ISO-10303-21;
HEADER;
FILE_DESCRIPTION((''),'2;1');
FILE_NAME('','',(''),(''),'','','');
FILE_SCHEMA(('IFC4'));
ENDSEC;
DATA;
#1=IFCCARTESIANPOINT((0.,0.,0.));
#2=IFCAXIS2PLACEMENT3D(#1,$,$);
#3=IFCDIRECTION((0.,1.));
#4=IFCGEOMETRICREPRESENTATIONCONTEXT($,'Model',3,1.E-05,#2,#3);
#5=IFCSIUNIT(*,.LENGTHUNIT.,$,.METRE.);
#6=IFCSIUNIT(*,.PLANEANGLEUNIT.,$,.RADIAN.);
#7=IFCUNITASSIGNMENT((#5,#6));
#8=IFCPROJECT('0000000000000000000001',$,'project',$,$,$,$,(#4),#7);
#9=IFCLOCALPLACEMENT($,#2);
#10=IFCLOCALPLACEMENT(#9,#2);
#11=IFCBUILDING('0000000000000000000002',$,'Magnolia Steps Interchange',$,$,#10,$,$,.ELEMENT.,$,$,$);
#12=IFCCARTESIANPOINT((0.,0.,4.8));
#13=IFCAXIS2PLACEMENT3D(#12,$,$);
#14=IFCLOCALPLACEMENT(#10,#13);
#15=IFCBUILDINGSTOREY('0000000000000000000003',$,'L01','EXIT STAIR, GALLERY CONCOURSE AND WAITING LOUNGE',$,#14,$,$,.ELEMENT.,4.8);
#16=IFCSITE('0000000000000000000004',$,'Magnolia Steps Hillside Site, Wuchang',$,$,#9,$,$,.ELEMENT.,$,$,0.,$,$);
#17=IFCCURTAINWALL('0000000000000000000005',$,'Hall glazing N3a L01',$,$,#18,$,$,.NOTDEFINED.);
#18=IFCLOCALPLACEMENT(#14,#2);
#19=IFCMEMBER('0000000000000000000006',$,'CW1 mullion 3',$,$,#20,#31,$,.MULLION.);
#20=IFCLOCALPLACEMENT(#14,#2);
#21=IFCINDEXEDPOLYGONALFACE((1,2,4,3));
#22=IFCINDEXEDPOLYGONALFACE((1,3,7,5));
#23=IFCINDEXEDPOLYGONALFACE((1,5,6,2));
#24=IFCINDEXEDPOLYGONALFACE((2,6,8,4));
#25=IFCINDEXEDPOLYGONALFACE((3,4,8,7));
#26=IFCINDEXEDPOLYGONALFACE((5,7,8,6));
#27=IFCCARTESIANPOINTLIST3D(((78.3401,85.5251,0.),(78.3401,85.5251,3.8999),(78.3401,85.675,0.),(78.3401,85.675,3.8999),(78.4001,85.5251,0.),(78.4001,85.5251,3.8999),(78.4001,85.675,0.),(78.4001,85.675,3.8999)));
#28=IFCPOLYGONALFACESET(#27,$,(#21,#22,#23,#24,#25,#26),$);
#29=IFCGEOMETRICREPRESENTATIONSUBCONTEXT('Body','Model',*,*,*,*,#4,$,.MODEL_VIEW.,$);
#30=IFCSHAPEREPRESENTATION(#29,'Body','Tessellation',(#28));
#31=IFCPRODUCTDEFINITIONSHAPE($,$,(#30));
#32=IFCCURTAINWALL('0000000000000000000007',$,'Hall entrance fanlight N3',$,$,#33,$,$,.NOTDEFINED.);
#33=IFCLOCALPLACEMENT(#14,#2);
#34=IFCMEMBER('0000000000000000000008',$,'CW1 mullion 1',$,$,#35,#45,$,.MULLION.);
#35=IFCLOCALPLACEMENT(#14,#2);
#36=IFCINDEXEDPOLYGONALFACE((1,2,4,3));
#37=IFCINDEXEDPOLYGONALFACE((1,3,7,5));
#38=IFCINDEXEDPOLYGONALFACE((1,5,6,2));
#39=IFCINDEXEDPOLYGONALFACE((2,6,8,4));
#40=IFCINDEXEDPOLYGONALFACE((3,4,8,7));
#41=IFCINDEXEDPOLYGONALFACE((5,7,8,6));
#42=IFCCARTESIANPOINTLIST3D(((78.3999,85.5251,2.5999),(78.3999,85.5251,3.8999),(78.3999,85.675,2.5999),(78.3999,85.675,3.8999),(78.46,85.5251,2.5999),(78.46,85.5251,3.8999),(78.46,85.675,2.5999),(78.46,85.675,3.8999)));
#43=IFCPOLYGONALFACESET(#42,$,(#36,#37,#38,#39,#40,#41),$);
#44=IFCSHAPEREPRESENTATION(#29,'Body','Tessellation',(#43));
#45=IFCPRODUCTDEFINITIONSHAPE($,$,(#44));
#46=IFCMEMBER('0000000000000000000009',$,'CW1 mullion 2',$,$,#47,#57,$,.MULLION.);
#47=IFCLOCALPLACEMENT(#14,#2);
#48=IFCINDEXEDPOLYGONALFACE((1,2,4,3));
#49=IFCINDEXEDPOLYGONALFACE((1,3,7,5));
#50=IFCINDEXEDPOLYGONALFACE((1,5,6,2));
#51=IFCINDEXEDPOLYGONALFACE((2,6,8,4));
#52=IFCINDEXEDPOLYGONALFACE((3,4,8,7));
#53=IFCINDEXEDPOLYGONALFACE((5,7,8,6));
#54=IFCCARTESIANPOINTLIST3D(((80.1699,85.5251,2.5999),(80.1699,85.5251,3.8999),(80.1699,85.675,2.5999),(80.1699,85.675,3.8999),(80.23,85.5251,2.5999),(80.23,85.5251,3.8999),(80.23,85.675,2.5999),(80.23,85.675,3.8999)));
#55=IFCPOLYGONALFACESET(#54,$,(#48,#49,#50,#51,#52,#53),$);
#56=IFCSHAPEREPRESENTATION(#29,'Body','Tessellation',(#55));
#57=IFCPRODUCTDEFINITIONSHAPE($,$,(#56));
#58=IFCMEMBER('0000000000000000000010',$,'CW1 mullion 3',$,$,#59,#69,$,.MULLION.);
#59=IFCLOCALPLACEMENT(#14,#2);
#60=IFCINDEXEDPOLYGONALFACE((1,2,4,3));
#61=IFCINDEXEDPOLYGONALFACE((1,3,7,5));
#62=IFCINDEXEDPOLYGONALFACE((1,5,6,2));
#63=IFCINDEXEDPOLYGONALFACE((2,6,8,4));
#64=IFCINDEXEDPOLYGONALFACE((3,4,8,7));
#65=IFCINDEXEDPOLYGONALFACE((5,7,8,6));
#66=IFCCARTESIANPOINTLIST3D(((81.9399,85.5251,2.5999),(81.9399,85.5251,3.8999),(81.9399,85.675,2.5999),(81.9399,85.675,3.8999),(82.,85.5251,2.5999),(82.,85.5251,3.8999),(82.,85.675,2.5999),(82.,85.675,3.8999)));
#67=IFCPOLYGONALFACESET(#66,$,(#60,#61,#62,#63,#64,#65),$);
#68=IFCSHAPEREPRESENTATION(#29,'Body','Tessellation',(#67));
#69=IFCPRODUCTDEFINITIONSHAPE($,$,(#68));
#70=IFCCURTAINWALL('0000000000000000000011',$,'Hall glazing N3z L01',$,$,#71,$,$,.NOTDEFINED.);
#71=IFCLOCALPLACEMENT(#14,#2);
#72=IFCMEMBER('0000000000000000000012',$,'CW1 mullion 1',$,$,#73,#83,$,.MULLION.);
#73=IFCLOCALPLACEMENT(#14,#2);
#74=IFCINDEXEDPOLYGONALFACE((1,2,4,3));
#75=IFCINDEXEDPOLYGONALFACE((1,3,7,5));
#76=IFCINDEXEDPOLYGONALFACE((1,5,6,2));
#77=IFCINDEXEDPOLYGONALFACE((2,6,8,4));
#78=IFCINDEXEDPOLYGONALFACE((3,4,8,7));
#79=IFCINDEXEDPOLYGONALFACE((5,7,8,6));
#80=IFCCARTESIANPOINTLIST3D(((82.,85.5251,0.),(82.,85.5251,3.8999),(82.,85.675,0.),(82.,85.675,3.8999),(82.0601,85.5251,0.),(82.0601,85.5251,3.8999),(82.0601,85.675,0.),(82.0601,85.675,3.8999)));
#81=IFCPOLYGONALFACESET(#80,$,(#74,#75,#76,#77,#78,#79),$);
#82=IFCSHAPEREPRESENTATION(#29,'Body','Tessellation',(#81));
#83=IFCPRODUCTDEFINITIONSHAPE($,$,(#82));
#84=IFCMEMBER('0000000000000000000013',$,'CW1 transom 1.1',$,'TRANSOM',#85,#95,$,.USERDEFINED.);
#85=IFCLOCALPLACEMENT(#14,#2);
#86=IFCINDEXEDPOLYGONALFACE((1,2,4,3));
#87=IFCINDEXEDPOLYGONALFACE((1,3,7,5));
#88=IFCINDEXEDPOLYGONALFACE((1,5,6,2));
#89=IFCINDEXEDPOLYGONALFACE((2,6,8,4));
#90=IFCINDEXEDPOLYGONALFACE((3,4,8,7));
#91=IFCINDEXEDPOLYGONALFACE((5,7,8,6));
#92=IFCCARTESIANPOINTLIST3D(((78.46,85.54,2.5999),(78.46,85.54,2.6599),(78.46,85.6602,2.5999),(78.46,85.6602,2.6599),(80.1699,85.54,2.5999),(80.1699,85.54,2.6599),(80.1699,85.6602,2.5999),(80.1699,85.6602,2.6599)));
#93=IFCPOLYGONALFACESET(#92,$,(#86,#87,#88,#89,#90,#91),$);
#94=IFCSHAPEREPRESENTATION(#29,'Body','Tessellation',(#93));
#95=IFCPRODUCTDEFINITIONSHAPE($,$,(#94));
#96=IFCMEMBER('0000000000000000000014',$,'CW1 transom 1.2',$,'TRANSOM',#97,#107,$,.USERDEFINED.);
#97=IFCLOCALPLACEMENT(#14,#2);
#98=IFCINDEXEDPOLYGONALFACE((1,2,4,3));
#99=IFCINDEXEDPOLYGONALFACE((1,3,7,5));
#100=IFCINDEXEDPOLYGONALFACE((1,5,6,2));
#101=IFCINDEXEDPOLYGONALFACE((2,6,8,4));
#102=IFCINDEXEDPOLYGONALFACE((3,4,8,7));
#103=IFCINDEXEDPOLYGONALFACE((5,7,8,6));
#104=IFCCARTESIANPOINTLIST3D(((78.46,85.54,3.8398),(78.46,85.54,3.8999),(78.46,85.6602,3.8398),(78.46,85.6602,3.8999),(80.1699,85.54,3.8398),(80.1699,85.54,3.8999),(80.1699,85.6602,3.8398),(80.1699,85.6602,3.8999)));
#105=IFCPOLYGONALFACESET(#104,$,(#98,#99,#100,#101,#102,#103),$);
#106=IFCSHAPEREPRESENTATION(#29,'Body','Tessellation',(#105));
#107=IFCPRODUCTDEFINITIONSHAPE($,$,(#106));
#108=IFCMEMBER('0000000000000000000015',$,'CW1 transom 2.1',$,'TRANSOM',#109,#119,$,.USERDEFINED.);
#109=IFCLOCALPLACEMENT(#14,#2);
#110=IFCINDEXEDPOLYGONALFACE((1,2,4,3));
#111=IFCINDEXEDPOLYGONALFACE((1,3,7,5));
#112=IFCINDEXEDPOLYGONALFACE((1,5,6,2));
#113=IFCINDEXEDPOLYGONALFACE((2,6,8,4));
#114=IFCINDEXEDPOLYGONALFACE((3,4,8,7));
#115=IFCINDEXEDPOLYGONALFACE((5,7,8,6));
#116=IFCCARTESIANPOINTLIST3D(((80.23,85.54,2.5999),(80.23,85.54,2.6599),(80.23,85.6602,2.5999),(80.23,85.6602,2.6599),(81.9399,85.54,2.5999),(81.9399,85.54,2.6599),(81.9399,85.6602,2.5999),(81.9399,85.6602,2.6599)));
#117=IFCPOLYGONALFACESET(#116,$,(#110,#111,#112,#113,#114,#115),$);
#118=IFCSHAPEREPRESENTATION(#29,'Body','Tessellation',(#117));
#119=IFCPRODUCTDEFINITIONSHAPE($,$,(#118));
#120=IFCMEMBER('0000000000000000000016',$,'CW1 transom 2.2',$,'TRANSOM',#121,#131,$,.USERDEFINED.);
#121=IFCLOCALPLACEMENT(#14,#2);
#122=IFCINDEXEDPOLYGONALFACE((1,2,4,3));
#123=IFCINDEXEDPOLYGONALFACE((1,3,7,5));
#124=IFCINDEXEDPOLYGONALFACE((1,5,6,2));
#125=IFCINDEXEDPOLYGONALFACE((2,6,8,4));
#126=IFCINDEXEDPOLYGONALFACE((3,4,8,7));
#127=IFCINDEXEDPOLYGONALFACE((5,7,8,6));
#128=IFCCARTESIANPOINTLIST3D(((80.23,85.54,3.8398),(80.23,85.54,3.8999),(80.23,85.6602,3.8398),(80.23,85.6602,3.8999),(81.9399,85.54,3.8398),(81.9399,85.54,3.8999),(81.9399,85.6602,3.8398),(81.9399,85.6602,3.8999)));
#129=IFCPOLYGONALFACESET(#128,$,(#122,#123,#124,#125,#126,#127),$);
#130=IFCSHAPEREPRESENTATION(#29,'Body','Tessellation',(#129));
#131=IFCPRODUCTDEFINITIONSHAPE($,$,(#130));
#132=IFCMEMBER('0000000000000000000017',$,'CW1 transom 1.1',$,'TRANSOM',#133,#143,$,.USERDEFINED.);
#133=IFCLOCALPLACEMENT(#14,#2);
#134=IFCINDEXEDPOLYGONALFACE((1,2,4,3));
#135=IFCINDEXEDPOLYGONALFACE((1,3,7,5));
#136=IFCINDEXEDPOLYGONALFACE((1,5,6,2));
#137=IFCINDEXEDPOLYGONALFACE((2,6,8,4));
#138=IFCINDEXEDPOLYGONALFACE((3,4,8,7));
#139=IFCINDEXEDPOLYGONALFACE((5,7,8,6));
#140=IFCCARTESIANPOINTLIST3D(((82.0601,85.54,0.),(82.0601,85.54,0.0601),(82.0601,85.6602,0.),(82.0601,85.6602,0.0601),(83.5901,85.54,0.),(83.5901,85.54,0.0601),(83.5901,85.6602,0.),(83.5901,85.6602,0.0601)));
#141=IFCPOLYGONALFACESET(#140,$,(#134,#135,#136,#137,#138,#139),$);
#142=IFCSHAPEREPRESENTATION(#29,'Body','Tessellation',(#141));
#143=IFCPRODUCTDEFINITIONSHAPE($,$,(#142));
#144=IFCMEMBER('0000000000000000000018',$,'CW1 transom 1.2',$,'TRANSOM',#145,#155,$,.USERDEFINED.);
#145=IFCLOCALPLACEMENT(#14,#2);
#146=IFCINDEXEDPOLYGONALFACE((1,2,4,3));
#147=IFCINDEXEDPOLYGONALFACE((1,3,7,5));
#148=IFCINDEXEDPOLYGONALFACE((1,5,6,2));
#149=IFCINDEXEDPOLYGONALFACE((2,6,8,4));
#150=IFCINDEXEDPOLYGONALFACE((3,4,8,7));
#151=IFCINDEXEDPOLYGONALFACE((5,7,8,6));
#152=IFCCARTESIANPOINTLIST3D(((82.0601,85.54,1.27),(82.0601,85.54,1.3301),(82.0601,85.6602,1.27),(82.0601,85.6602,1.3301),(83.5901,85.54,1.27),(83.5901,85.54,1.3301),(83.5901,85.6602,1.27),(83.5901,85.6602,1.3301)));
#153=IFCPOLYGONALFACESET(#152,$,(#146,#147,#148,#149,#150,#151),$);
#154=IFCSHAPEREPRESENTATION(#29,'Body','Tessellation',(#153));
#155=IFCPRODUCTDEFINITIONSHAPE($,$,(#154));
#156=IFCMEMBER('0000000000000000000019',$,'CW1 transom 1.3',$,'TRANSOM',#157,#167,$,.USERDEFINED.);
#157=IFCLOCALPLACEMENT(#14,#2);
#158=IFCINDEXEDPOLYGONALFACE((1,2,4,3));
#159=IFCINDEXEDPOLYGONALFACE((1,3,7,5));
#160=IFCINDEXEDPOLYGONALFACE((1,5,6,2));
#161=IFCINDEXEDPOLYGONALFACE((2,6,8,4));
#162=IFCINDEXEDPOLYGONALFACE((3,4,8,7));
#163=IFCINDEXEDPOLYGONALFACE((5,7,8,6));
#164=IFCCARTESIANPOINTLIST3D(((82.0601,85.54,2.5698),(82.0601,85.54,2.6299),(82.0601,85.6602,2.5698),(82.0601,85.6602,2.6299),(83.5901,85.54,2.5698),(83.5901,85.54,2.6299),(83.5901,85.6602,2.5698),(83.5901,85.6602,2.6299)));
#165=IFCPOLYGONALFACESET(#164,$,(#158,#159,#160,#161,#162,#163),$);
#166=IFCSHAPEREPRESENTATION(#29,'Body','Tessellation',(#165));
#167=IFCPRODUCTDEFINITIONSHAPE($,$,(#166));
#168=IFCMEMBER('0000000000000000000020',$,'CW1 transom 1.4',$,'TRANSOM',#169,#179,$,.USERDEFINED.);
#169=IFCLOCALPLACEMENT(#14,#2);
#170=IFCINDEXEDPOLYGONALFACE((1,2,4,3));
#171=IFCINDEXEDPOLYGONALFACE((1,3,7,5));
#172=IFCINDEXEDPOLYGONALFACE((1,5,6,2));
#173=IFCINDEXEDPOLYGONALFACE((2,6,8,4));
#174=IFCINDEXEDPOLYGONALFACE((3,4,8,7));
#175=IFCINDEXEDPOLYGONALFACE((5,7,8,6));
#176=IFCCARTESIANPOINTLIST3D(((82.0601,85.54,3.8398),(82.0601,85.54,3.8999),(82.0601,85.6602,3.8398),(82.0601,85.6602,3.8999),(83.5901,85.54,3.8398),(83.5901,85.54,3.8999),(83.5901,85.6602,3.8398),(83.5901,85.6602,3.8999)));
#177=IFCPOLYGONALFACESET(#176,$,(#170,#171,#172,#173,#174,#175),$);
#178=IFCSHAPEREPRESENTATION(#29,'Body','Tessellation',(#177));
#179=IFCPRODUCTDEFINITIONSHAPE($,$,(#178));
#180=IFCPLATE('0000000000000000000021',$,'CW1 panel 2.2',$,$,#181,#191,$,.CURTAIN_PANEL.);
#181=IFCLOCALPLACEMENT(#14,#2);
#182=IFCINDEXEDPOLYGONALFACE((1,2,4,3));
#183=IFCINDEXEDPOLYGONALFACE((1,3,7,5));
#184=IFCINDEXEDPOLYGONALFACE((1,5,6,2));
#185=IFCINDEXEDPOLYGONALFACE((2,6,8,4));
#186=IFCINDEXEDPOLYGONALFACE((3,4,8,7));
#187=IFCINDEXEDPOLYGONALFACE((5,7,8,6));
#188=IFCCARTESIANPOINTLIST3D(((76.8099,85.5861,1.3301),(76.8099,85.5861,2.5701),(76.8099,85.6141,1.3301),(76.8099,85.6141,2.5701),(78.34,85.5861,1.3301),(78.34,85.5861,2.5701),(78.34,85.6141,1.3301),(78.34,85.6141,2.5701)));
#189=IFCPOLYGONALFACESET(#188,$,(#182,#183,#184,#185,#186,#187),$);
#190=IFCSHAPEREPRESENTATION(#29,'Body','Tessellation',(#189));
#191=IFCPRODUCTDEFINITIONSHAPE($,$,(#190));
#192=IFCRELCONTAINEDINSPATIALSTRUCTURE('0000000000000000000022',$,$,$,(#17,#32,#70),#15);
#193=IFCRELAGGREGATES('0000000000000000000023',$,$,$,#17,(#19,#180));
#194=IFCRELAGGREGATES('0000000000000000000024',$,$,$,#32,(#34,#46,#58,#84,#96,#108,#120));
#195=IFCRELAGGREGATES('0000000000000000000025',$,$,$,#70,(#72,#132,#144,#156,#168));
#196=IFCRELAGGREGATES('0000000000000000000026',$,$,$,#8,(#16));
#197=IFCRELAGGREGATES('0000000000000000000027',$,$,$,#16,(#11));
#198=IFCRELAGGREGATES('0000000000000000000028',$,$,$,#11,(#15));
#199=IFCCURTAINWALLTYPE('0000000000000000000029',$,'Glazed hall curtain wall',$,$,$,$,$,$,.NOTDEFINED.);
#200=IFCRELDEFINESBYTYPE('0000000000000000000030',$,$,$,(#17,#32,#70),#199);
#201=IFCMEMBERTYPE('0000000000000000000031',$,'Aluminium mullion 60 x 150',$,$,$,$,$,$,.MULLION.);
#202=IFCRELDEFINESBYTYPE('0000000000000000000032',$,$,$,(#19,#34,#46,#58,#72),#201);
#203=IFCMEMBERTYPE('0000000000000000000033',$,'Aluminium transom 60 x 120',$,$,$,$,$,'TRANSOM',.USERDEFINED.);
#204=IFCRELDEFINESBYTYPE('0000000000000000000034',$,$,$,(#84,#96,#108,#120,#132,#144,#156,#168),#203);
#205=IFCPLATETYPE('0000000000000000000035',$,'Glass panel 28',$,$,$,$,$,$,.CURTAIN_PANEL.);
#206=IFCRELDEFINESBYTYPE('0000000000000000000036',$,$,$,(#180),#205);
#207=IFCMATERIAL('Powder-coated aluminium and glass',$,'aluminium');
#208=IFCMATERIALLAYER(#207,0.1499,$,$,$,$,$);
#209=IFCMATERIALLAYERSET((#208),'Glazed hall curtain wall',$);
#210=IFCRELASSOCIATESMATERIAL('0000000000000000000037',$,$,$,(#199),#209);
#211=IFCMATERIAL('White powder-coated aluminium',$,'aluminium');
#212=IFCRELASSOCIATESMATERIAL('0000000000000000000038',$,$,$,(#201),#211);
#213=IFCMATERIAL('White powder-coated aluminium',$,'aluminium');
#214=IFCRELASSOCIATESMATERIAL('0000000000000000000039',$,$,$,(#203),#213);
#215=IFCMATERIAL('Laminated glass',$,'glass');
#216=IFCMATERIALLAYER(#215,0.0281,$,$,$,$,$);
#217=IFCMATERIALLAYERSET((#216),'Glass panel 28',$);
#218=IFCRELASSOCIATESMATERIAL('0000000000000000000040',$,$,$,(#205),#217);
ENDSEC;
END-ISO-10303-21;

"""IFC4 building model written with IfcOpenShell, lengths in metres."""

from ifc_helpers import new_model, si_unit, direction, frame, origin, origin_2d, place, context, subcontext, project, spatial, rectangle, extrude, material, layer, layer_set, material_profile, profile_set, type_object, element, aggregate, save


model = new_model("IFC4")

# Units and contexts
model_context = context("Model", 3, precision=1e-05, world=origin(), true_north=direction((0.0, 1.0)))
body_context = subcontext(model_context, "Body", "Model", "MODEL_VIEW")
ifc_project = project(units=[si_unit("LENGTHUNIT", "METRE"), si_unit("PLANEANGLEUNIT", "RADIAN")], contexts=[model_context])

# Site, building, storey
site_placement = place(None, origin())
site = spatial("IfcSite", under=ifc_project, at=site_placement, Name="Magnolia Steps Hillside Site, Wuchang", CompositionType="ELEMENT", RefElevation=0.0)
building_placement = place(site_placement, origin())
building = spatial("IfcBuilding", under=site, at=building_placement, Name="Magnolia Steps Interchange", CompositionType="ELEMENT")
storey_placement = place(building_placement, frame((0.0, 0.0, 4.8)))
storey = spatial("IfcBuildingStorey", under=building, at=storey_placement, Name="L01", Description="EXIT STAIR, GALLERY CONCOURSE AND WAITING LOUNGE", CompositionType="ELEMENT", Elevation=4.8)

# Curtain wall, member
ifc_material_1 = material(Name="Powder-coated aluminium and glass", Category="aluminium")
ifc_layer_1 = layer(ifc_material_1, 0.1499)
ifc_layer_set_1 = layer_set([ifc_layer_1], Name="Glazed hall curtain wall")
curtain_wall_type = type_object("IfcCurtainWallType", Name="Glazed hall curtain wall", PredefinedType="NOTDEFINED", material=ifc_layer_set_1)
curtain_wall_1_placement = place(storey_placement, origin())
curtain_wall_1 = element("IfcCurtainWall", 1, at=curtain_wall_1_placement, inside=storey, type_object=curtain_wall_type, Name="Hall glazing N3a L01", PredefinedType="NOTDEFINED")
ifc_material_2 = material(Name="White powder-coated aluminium", Category="aluminium")
ifc_material_profile_1 = material_profile(ifc_material_2, rectangle(XDim=0.0601, YDim=0.1499, at=origin_2d()), Name="Aluminium mullion 60 x 150")
ifc_profile_set_1 = profile_set([ifc_material_profile_1], Name="White powder-coated aluminium")
member_type_1 = type_object("IfcMemberType", Name="Aluminium mullion 60 x 150", PredefinedType="MULLION", material=ifc_profile_set_1)
member_1_placement = place(storey_placement, frame((78.3701, 85.6001, 0.0), z_axis=(0.0, 0.0, 1.0), x_axis=(1.0, 0.0, 0.0)))
member_1 = element("IfcMember", 2, at=member_1_placement, type_object=member_type_1, Name="CW1 mullion 3", PredefinedType="MULLION", context=body_context, shape_type="SweptSolid", body=[
    extrude(rectangle(XDim=0.0601, YDim=0.1499, at=origin_2d()), origin(), (0.0, 0.0, 1.0), 3.8999),
])

# Curtain wall, members
curtain_wall_2_placement = place(storey_placement, origin())
curtain_wall_2 = element("IfcCurtainWall", 3, at=curtain_wall_2_placement, inside=storey, type_object=curtain_wall_type, Name="Hall entrance fanlight N3", PredefinedType="NOTDEFINED")
member_2_placement = place(storey_placement, frame((78.4299, 85.6001, 2.5999), z_axis=(0.0, 0.0, 1.0), x_axis=(1.0, 0.0, 0.0)))
member_2 = element("IfcMember", 4, at=member_2_placement, type_object=member_type_1, Name="CW1 mullion 1", PredefinedType="MULLION", context=body_context, shape_type="SweptSolid", body=[
    extrude(rectangle(XDim=0.0601, YDim=0.1499, at=origin_2d()), origin(), (0.0, 0.0, 1.0), 1.3),
])
member_3_placement = place(storey_placement, frame((80.2, 85.6001, 2.5999), z_axis=(0.0, 0.0, 1.0), x_axis=(1.0, 0.0, 0.0)))
member_3 = element("IfcMember", 5, at=member_3_placement, type_object=member_type_1, Name="CW1 mullion 2", PredefinedType="MULLION", context=body_context, shape_type="SweptSolid", body=[
    extrude(rectangle(XDim=0.0601, YDim=0.1499, at=origin_2d()), origin(), (0.0, 0.0, 1.0), 1.3),
])
member_4_placement = place(storey_placement, frame((81.97, 85.6001, 2.5999), z_axis=(0.0, 0.0, 1.0), x_axis=(1.0, 0.0, 0.0)))
member_4 = element("IfcMember", 6, at=member_4_placement, type_object=member_type_1, Name="CW1 mullion 3", PredefinedType="MULLION", context=body_context, shape_type="SweptSolid", body=[
    extrude(rectangle(XDim=0.0601, YDim=0.1499, at=origin_2d()), origin(), (0.0, 0.0, 1.0), 1.3),
])

# Curtain wall, member
curtain_wall_3_placement = place(storey_placement, origin())
curtain_wall_3 = element("IfcCurtainWall", 7, at=curtain_wall_3_placement, inside=storey, type_object=curtain_wall_type, Name="Hall glazing N3z L01", PredefinedType="NOTDEFINED")
member_5_placement = place(storey_placement, frame((82.03, 85.6001, 0.0), z_axis=(0.0, 0.0, 1.0), x_axis=(1.0, 0.0, 0.0)))
member_5 = element("IfcMember", 8, at=member_5_placement, type_object=member_type_1, Name="CW1 mullion 1", PredefinedType="MULLION", context=body_context, shape_type="SweptSolid", body=[
    extrude(rectangle(XDim=0.0601, YDim=0.1499, at=origin_2d()), origin(), (0.0, 0.0, 1.0), 3.8999),
])

# Members
ifc_material_3 = material(Name="White powder-coated aluminium", Category="aluminium")
ifc_material_profile_2 = material_profile(ifc_material_3, rectangle(XDim=0.0601, YDim=0.1201, at=origin_2d()), Name="Aluminium transom 60 x 120")
ifc_profile_set_2 = profile_set([ifc_material_profile_2], Name="White powder-coated aluminium")
member_type_2 = type_object("IfcMemberType", Name="Aluminium transom 60 x 120", ElementType="TRANSOM", PredefinedType="USERDEFINED", material=ifc_profile_set_2)
member_6_placement = place(storey_placement, frame((78.46, 85.6001, 2.6299), z_axis=(1.0, 0.0, 0.0), x_axis=(0.0, 0.0, 1.0)))
member_6 = element("IfcMember", 9, at=member_6_placement, type_object=member_type_2, Name="CW1 transom 1.1", ObjectType="TRANSOM", PredefinedType="USERDEFINED", context=body_context, shape_type="SweptSolid", body=[
    extrude(rectangle(XDim=0.0601, YDim=0.1201, at=origin_2d()), origin(), (0.0, 0.0, 1.0), 1.71),
])
member_7_placement = place(storey_placement, frame((78.46, 85.6001, 3.8699), z_axis=(1.0, 0.0, 0.0), x_axis=(0.0, 0.0, 1.0)))
member_7 = element("IfcMember", 10, at=member_7_placement, type_object=member_type_2, Name="CW1 transom 1.2", ObjectType="TRANSOM", PredefinedType="USERDEFINED", context=body_context, shape_type="SweptSolid", body=[
    extrude(rectangle(XDim=0.0601, YDim=0.1201, at=origin_2d()), origin(), (0.0, 0.0, 1.0), 1.71),
])
member_8_placement = place(storey_placement, frame((80.23, 85.6001, 2.6299), z_axis=(1.0, 0.0, 0.0), x_axis=(0.0, 0.0, 1.0)))
member_8 = element("IfcMember", 11, at=member_8_placement, type_object=member_type_2, Name="CW1 transom 2.1", ObjectType="TRANSOM", PredefinedType="USERDEFINED", context=body_context, shape_type="SweptSolid", body=[
    extrude(rectangle(XDim=0.0601, YDim=0.1201, at=origin_2d()), origin(), (0.0, 0.0, 1.0), 1.71),
])
member_9_placement = place(storey_placement, frame((80.23, 85.6001, 3.8699), z_axis=(1.0, 0.0, 0.0), x_axis=(0.0, 0.0, 1.0)))
member_9 = element("IfcMember", 12, at=member_9_placement, type_object=member_type_2, Name="CW1 transom 2.2", ObjectType="TRANSOM", PredefinedType="USERDEFINED", context=body_context, shape_type="SweptSolid", body=[
    extrude(rectangle(XDim=0.0601, YDim=0.1201, at=origin_2d()), origin(), (0.0, 0.0, 1.0), 1.71),
])
member_10_placement = place(storey_placement, frame((82.0601, 85.6001, 0.03), z_axis=(1.0, 0.0, 0.0), x_axis=(0.0, 0.0, 1.0)))
member_10 = element("IfcMember", 13, at=member_10_placement, type_object=member_type_2, Name="CW1 transom 1.1", ObjectType="TRANSOM", PredefinedType="USERDEFINED", context=body_context, shape_type="SweptSolid", body=[
    extrude(rectangle(XDim=0.0601, YDim=0.1201, at=origin_2d()), origin(), (0.0, 0.0, 1.0), 1.53),
])
member_11_placement = place(storey_placement, frame((82.0601, 85.6001, 1.3), z_axis=(1.0, 0.0, 0.0), x_axis=(0.0, 0.0, 1.0)))
member_11 = element("IfcMember", 14, at=member_11_placement, type_object=member_type_2, Name="CW1 transom 1.2", ObjectType="TRANSOM", PredefinedType="USERDEFINED", context=body_context, shape_type="SweptSolid", body=[
    extrude(rectangle(XDim=0.0601, YDim=0.1201, at=origin_2d()), origin(), (0.0, 0.0, 1.0), 1.53),
])
member_12_placement = place(storey_placement, frame((82.0601, 85.6001, 2.5999), z_axis=(1.0, 0.0, 0.0), x_axis=(0.0, 0.0, 1.0)))
member_12 = element("IfcMember", 15, at=member_12_placement, type_object=member_type_2, Name="CW1 transom 1.3", ObjectType="TRANSOM", PredefinedType="USERDEFINED", context=body_context, shape_type="SweptSolid", body=[
    extrude(rectangle(XDim=0.0601, YDim=0.1201, at=origin_2d()), origin(), (0.0, 0.0, 1.0), 1.53),
])
member_13_placement = place(storey_placement, frame((82.0601, 85.6001, 3.8699), z_axis=(1.0, 0.0, 0.0), x_axis=(0.0, 0.0, 1.0)))
member_13 = element("IfcMember", 16, at=member_13_placement, type_object=member_type_2, Name="CW1 transom 1.4", ObjectType="TRANSOM", PredefinedType="USERDEFINED", context=body_context, shape_type="SweptSolid", body=[
    extrude(rectangle(XDim=0.0601, YDim=0.1201, at=origin_2d()), origin(), (0.0, 0.0, 1.0), 1.53),
])

# Plate
ifc_material_4 = material(Name="Laminated glass", Category="glass")
ifc_layer_2 = layer(ifc_material_4, 0.0281)
ifc_layer_set_2 = layer_set([ifc_layer_2], Name="Glass panel 28")
plate_type = type_object("IfcPlateType", Name="Glass panel 28", PredefinedType="CURTAIN_PANEL", material=ifc_layer_set_2)
plate_1_placement = place(storey_placement, frame((77.575, 85.6001, 1.3301), z_axis=(0.0, 0.0, 1.0), x_axis=(1.0, 0.0, 0.0)))
plate_1 = element("IfcPlate", 17, at=plate_1_placement, type_object=plate_type, Name="CW1 panel 2.2", PredefinedType="CURTAIN_PANEL", context=body_context, shape_type="SweptSolid", body=[
    extrude(rectangle(XDim=1.53, YDim=0.0281, at=origin_2d()), origin(), (0.0, 0.0, 1.0), 1.24),
])
aggregate(curtain_wall_1, [member_1, plate_1])
aggregate(curtain_wall_2, [member_2, member_3, member_4, member_6, member_7, member_8, member_9])
aggregate(curtain_wall_3, [member_5, member_10, member_11, member_12, member_13])

save(model, "model.ifc")
